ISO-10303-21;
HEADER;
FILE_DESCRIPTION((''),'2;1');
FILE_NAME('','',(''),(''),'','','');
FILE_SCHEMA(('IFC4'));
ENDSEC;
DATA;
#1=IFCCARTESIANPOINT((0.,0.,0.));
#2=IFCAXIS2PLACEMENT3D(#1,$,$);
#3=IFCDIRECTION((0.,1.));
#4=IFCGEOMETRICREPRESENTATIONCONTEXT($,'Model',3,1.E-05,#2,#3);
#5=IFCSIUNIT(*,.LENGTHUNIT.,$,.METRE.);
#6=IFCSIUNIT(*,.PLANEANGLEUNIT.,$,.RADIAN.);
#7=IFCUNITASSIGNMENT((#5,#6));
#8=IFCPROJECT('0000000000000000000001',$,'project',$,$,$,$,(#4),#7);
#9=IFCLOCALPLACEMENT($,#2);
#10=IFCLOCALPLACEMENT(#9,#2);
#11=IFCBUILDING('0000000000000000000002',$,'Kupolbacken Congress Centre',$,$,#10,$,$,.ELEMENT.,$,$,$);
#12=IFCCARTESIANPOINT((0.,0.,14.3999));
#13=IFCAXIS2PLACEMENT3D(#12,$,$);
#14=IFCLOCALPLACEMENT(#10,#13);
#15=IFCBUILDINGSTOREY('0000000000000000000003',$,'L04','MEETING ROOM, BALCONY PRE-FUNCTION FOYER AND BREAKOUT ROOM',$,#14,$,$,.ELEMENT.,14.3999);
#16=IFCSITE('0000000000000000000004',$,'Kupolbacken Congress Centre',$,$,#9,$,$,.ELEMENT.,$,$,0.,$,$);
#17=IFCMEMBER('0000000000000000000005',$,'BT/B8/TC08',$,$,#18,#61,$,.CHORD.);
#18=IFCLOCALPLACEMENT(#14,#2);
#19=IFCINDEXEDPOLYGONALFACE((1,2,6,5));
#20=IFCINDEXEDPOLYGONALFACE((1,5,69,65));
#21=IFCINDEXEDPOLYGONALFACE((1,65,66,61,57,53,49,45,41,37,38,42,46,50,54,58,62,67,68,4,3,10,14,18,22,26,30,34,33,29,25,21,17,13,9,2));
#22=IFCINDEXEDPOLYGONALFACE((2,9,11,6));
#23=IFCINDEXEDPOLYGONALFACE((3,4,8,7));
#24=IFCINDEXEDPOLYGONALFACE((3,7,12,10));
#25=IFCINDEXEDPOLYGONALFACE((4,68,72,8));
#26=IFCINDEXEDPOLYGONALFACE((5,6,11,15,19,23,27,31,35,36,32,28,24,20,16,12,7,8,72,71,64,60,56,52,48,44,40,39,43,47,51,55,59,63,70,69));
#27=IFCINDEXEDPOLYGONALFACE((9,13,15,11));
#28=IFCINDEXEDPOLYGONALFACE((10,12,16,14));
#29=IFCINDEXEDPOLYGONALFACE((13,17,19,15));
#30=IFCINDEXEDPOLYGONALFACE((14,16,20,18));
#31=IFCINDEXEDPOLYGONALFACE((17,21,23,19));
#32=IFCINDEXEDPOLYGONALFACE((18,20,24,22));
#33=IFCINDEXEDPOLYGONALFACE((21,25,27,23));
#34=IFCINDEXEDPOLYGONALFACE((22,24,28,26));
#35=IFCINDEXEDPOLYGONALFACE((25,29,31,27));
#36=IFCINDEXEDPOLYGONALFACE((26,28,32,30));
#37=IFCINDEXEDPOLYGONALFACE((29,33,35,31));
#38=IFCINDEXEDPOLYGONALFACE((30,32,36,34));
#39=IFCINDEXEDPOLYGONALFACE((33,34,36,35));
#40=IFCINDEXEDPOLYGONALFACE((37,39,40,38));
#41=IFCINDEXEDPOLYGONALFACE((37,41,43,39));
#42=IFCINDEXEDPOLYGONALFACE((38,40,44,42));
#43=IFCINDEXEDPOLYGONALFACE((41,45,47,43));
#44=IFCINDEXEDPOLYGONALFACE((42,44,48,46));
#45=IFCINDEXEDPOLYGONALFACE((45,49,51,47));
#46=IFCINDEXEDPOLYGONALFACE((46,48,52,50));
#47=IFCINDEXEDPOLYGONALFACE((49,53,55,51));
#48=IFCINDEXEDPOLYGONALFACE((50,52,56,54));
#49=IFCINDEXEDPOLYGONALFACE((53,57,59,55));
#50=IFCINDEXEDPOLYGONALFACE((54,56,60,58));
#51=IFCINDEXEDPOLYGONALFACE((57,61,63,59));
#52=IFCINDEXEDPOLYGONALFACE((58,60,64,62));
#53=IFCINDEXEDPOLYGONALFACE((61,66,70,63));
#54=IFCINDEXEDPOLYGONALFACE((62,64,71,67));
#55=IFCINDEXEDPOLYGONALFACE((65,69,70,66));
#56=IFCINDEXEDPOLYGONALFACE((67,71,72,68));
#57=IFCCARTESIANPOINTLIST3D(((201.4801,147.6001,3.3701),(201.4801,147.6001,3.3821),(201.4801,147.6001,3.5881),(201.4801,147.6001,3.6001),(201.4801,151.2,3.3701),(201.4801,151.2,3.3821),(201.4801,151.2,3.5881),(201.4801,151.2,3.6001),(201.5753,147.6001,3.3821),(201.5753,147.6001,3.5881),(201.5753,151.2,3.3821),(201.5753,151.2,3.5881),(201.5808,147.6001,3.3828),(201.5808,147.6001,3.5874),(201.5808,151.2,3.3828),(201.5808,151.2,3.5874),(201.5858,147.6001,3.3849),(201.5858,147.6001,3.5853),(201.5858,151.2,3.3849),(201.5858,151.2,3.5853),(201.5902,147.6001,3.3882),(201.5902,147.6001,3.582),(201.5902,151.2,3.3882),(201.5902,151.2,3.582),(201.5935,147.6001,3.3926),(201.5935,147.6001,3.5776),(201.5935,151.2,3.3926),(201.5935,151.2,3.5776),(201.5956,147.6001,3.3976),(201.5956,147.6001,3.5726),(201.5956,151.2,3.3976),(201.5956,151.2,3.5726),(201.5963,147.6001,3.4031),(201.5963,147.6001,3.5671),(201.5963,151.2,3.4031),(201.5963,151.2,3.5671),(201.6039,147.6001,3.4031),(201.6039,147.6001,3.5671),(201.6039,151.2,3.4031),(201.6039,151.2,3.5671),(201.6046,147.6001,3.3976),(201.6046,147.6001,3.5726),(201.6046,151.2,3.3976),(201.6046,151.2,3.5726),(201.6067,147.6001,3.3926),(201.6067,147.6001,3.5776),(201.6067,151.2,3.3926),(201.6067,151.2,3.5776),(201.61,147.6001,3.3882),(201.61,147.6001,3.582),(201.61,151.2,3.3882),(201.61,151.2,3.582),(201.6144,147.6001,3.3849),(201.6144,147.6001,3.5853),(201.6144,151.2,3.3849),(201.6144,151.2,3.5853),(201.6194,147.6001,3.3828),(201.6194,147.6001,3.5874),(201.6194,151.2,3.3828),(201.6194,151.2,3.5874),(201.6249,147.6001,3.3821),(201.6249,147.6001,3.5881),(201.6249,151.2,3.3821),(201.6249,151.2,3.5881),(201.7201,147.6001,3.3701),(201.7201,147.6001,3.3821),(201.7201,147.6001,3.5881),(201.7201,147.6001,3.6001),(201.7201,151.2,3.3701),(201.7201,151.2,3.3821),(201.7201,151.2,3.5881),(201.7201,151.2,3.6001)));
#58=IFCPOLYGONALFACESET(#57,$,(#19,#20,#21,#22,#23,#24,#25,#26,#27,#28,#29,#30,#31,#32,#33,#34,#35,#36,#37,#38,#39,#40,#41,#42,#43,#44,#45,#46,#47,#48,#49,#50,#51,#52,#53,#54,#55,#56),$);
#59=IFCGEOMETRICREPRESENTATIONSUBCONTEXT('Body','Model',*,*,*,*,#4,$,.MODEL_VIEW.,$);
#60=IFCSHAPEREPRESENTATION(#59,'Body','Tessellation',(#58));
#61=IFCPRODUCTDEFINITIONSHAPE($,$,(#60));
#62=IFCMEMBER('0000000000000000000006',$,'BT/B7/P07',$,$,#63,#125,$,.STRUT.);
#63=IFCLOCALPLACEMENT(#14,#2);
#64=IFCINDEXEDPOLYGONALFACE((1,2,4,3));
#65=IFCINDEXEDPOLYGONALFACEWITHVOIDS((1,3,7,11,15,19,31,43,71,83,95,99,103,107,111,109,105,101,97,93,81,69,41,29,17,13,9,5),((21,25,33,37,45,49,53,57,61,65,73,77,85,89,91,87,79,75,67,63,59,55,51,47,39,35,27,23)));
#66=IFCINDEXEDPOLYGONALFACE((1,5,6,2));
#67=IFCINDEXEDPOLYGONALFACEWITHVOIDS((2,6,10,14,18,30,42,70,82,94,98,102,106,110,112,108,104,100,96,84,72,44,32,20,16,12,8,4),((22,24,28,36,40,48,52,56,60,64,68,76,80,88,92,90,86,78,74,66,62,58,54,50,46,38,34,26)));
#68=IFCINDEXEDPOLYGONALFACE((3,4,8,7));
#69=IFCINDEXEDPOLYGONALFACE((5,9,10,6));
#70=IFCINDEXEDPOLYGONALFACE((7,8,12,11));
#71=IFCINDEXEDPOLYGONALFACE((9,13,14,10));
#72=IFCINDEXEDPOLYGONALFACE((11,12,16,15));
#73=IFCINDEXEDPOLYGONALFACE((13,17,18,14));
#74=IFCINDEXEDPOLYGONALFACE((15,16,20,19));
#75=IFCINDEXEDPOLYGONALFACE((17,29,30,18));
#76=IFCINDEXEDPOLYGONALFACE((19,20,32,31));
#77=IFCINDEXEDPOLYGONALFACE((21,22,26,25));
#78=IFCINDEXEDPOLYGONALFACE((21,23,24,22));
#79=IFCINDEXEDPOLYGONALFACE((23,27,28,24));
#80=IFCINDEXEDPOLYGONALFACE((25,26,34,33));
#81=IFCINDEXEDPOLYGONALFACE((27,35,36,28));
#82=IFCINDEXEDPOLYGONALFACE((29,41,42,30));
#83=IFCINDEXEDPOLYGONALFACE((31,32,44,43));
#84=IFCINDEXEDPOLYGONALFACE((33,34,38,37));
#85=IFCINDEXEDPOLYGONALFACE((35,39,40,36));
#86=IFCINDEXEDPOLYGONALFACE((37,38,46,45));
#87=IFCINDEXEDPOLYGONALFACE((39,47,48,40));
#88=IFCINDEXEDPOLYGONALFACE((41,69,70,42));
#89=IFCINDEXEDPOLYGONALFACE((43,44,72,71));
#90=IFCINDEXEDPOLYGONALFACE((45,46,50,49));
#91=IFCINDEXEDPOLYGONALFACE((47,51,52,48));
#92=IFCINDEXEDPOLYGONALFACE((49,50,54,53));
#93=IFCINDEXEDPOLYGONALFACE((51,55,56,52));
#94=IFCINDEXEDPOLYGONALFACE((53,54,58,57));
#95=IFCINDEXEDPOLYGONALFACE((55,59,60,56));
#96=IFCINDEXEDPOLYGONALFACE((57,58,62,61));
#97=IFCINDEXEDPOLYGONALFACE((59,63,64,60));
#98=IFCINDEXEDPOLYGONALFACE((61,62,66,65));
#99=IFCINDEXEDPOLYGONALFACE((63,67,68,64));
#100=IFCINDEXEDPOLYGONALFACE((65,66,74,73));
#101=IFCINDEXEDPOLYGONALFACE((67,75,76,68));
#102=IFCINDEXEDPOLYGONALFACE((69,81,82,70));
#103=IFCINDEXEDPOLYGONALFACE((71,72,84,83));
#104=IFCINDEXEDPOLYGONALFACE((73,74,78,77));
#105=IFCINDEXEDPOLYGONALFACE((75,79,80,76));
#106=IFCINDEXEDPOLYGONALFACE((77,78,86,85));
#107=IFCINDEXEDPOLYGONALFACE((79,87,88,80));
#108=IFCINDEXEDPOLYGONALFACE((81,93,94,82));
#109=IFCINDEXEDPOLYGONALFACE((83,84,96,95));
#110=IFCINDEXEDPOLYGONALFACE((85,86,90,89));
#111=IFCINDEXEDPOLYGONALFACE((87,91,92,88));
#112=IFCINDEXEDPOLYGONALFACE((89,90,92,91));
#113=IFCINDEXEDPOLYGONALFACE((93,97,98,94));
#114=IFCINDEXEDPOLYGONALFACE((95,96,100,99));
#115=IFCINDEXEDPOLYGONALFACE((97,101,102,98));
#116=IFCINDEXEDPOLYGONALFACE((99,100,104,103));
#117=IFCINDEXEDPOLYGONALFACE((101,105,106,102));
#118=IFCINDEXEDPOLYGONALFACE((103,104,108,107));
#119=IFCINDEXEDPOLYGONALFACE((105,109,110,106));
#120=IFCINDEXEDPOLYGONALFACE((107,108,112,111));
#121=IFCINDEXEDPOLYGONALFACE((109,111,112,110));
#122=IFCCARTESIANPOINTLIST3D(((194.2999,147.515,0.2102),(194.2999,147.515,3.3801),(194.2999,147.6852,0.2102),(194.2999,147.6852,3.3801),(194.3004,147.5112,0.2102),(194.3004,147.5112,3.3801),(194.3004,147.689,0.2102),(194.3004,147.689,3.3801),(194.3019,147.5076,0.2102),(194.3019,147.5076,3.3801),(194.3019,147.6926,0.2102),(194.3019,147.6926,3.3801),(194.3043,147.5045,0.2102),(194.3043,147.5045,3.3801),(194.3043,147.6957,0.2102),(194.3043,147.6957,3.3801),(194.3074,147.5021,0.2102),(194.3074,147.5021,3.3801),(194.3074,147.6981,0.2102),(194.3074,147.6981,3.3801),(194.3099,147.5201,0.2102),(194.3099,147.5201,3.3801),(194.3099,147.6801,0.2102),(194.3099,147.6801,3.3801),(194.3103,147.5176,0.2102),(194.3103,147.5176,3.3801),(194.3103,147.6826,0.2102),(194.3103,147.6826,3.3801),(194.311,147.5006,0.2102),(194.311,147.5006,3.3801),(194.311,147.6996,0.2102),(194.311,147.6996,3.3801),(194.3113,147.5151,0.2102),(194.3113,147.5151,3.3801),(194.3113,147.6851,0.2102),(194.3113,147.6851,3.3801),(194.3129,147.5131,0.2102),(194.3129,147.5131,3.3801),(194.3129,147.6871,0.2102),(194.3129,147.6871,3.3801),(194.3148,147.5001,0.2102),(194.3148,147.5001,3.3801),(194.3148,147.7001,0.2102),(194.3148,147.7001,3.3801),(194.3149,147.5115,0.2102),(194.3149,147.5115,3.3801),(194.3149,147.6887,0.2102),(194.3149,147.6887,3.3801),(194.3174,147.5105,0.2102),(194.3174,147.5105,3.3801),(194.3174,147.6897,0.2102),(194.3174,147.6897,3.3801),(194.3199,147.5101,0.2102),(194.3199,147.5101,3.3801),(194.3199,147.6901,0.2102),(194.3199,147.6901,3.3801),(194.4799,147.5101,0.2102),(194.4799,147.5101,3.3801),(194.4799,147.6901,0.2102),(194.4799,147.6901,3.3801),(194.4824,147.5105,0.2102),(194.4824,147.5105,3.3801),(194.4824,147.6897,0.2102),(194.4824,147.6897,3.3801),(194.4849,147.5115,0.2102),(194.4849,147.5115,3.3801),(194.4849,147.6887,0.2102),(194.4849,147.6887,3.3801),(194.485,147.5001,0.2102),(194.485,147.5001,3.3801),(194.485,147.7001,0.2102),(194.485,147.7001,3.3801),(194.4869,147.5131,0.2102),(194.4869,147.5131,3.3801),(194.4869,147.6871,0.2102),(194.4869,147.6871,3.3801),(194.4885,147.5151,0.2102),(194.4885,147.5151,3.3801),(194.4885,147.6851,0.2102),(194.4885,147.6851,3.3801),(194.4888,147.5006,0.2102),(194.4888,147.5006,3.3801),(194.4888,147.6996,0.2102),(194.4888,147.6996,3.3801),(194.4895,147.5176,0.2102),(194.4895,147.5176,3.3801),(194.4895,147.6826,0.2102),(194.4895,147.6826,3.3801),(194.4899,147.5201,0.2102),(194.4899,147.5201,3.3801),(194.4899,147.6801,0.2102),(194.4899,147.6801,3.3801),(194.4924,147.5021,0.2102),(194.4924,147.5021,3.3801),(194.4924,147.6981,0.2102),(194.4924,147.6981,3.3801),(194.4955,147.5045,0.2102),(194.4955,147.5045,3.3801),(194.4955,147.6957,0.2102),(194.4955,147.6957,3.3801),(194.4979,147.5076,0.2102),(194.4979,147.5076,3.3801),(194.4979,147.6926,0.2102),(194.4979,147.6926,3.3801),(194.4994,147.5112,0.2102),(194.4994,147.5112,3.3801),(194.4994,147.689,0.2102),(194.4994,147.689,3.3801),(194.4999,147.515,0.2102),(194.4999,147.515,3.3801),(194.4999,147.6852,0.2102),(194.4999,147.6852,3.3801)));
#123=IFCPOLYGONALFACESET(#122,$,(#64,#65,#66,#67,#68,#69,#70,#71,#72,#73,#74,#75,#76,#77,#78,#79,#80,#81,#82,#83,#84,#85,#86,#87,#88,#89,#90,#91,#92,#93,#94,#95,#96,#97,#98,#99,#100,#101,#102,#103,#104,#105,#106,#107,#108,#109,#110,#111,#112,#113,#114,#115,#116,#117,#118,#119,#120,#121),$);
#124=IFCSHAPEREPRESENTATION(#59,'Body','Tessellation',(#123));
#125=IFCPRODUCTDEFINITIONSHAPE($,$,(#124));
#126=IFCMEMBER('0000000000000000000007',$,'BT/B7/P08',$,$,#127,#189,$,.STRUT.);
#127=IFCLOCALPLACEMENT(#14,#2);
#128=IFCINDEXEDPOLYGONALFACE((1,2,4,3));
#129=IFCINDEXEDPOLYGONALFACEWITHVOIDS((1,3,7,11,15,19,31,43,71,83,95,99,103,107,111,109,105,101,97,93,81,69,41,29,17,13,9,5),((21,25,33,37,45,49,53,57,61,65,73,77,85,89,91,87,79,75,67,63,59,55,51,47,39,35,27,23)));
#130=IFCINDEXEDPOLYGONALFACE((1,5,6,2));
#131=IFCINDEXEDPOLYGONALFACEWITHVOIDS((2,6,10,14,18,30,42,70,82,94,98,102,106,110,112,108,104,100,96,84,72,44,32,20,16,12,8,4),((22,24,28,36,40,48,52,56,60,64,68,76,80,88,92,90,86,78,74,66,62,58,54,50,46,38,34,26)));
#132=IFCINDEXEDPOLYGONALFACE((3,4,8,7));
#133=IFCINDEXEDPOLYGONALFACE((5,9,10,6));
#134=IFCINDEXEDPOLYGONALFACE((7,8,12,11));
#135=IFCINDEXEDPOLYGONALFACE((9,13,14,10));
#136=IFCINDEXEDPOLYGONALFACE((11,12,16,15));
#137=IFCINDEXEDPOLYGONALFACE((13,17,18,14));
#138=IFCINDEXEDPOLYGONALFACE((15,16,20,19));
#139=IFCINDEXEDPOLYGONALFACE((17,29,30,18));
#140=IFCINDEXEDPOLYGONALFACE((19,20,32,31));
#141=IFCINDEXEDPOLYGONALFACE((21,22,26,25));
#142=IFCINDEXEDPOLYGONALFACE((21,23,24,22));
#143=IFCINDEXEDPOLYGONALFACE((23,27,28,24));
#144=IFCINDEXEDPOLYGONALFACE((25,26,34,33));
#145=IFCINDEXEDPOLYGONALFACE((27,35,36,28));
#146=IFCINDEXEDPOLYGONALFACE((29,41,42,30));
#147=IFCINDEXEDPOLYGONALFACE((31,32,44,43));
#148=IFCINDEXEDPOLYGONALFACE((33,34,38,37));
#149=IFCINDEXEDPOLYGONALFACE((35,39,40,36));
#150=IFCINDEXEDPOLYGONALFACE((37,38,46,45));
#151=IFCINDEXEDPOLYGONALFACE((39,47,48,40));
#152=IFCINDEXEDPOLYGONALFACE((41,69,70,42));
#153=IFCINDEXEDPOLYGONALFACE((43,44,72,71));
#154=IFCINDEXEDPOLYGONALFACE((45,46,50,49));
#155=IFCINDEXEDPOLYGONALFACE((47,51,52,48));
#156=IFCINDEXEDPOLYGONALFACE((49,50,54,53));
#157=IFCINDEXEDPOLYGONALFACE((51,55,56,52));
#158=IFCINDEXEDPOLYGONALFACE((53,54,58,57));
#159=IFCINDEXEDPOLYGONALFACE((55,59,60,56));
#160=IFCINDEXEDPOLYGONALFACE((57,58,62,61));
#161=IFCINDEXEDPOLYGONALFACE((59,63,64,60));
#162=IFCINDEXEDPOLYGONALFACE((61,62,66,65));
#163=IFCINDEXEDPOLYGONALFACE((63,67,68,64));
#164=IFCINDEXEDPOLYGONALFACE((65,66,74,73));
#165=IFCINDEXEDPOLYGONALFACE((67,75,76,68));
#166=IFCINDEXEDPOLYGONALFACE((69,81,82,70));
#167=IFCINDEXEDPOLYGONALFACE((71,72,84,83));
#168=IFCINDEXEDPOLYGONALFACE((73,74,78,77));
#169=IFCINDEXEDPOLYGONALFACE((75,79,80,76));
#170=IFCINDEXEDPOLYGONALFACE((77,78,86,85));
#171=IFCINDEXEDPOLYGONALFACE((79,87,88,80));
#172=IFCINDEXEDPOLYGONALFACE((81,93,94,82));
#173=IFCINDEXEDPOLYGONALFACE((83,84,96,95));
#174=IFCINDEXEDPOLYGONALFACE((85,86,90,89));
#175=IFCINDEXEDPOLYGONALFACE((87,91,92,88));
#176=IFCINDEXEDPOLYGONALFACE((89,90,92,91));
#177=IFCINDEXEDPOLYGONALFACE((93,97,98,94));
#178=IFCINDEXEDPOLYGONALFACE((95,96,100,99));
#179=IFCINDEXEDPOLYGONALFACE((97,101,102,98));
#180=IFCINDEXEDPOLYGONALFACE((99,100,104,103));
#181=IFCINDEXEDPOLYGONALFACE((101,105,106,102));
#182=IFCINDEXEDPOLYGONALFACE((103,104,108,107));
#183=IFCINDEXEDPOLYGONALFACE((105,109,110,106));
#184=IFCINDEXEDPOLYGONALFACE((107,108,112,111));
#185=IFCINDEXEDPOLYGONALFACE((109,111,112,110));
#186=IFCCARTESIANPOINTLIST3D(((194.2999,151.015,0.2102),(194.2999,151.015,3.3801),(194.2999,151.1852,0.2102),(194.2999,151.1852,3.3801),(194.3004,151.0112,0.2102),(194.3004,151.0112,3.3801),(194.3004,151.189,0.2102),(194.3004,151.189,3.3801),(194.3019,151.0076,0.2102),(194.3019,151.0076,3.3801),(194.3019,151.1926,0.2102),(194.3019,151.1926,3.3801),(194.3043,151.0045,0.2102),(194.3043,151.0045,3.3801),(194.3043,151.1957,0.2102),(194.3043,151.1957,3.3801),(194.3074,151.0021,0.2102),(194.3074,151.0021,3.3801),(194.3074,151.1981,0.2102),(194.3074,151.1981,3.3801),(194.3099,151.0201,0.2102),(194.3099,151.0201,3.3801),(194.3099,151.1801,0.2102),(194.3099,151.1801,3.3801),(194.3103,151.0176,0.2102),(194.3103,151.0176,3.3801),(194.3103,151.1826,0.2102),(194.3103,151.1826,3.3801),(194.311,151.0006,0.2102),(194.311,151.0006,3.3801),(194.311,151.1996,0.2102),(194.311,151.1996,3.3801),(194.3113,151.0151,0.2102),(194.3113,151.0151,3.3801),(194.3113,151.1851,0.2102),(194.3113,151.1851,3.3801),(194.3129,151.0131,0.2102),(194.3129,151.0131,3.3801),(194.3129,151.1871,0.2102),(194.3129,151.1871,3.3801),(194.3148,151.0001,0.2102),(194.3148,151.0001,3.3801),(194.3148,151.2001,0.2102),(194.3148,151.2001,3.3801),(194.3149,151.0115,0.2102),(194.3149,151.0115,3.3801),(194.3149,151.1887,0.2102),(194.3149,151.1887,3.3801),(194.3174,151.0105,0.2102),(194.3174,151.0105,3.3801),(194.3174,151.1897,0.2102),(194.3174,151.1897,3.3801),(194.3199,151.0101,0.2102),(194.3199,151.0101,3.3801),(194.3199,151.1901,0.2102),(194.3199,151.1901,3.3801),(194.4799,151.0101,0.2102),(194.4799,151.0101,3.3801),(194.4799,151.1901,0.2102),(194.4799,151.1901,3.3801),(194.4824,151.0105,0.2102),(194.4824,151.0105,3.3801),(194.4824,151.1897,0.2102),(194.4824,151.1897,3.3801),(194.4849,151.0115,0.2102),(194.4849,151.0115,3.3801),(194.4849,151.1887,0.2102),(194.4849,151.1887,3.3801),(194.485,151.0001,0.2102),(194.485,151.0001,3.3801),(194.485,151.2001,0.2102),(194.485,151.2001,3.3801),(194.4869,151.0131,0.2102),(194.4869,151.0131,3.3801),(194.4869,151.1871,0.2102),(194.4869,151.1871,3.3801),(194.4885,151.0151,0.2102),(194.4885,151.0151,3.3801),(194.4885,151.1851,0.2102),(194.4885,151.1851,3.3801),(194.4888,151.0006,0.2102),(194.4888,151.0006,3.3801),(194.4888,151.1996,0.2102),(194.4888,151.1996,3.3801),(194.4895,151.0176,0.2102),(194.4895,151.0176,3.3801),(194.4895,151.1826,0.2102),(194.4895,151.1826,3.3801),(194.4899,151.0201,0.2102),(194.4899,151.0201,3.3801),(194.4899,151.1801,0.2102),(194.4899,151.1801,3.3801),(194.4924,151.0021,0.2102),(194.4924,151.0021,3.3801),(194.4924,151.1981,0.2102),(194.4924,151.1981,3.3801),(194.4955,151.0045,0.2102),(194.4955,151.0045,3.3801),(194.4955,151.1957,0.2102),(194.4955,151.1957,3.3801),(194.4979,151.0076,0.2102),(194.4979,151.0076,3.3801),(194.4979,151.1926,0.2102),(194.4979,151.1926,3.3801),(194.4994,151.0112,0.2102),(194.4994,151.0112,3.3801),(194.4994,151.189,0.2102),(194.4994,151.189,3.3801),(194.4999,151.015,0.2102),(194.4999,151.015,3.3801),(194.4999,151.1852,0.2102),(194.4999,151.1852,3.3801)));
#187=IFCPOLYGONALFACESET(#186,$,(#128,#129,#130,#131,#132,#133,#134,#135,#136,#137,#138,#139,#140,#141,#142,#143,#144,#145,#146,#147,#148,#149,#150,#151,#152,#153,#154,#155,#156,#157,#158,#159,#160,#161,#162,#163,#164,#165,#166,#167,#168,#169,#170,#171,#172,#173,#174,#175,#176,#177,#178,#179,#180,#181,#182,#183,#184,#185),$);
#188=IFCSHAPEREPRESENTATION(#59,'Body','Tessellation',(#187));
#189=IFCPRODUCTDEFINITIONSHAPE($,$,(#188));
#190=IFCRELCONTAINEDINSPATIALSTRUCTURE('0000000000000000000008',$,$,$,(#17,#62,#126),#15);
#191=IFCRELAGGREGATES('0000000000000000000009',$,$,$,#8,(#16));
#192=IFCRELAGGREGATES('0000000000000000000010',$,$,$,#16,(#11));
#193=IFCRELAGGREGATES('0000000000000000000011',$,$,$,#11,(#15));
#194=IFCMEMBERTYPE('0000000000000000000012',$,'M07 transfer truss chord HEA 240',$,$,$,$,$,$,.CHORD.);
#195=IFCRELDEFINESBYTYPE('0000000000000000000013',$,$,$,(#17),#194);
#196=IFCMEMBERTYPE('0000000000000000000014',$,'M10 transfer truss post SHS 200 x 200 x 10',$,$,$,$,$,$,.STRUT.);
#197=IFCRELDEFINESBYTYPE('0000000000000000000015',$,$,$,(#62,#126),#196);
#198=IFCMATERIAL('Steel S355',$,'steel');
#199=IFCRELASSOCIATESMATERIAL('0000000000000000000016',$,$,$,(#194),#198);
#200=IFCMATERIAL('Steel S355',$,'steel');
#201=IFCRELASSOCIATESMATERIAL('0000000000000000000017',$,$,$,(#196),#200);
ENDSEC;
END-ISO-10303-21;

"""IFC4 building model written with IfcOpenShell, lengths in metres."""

from ifc_helpers import new_model, si_unit, direction, frame, origin, origin_2d, place, context, subcontext, project, spatial, hollow_rectangle, i_section, extrude, material, material_profile, profile_set, type_object, element, save


model = new_model("IFC4")

# Units and contexts
model_context = context("Model", 3, precision=1e-05, world=origin(), true_north=direction((0.0, 1.0)))
body_context = subcontext(model_context, "Body", "Model", "MODEL_VIEW")
ifc_project = project(units=[si_unit("LENGTHUNIT", "METRE"), si_unit("PLANEANGLEUNIT", "RADIAN")], contexts=[model_context])

# Site, building, storey
site_placement = place(None, origin())
site = spatial("IfcSite", under=ifc_project, at=site_placement, Name="Kupolbacken Congress Centre", CompositionType="ELEMENT", RefElevation=0.0)
building_placement = place(site_placement, origin())
building = spatial("IfcBuilding", under=site, at=building_placement, Name="Kupolbacken Congress Centre", CompositionType="ELEMENT")
storey_placement = place(building_placement, frame((0.0, 0.0, 14.3999)))
storey = spatial("IfcBuildingStorey", under=building, at=storey_placement, Name="L04", Description="MEETING ROOM, BALCONY PRE-FUNCTION FOYER AND BREAKOUT ROOM", CompositionType="ELEMENT", Elevation=14.3999)

# Members
ifc_material_1 = material(Name="Steel S355", Category="steel")
ifc_material_profile_1 = material_profile(ifc_material_1, i_section(OverallWidth=0.24, OverallDepth=0.23, WebThickness=0.0076, FlangeThickness=0.012, FilletRadius=0.021, at=origin_2d()), Name="HEA 240")
ifc_profile_set_1 = profile_set([ifc_material_profile_1], Name="Steel S355")
member_type_1 = type_object("IfcMemberType", Name="M07 transfer truss chord HEA 240", PredefinedType="CHORD", material=ifc_profile_set_1)
for number, where, z_axis, x_axis, name in (
    (1, (201.6001, 147.6001, 3.4851), (0.0, 1.0, 0.0), (-1.0, 0.0, 0.0), "BT/B8/TC08"),
):
    element("IfcMember", number, at=place(storey_placement, frame(where, z_axis=z_axis, x_axis=x_axis)), inside=storey, type_object=member_type_1, Name=name, PredefinedType="CHORD", context=body_context, shape_type="SweptSolid", body=[
        extrude(i_section(OverallWidth=0.24, OverallDepth=0.23, WebThickness=0.0076, FlangeThickness=0.012, FilletRadius=0.021, at=origin_2d()), origin(), (0.0, 0.0, 1.0), 3.5999),
    ])
ifc_material_2 = material(Name="Steel S355", Category="steel")
ifc_material_profile_2 = material_profile(ifc_material_2, hollow_rectangle(XDim=0.2, YDim=0.2, WallThickness=0.01, InnerFilletRadius=0.01, OuterFilletRadius=0.0149, at=origin_2d()), Name="SHS 200 x 200 x 10")
ifc_profile_set_2 = profile_set([ifc_material_profile_2], Name="Steel S355")
member_type_2 = type_object("IfcMemberType", Name="M10 transfer truss post SHS 200 x 200 x 10", PredefinedType="STRUT", material=ifc_profile_set_2)
for number, where, z_axis, x_axis, name in (
    (2, (194.3999, 147.6001, 0.2102), (0.0, 0.0, 1.0), (0.0, 1.0, 0.0), "BT/B7/P07"),
    (3, (194.3999, 151.1001, 0.2102), (0.0, 0.0, 1.0), (0.0, 1.0, 0.0), "BT/B7/P08"),
):
    element("IfcMember", number, at=place(storey_placement, frame(where, z_axis=z_axis, x_axis=x_axis)), inside=storey, type_object=member_type_2, Name=name, PredefinedType="STRUT", context=body_context, shape_type="SweptSolid", body=[
        extrude(hollow_rectangle(XDim=0.2, YDim=0.2, WallThickness=0.01, InnerFilletRadius=0.01, OuterFilletRadius=0.0149, at=origin_2d()), origin(), (0.0, 0.0, 1.0), 3.1699),
    ])

save(model, "model.ifc")
